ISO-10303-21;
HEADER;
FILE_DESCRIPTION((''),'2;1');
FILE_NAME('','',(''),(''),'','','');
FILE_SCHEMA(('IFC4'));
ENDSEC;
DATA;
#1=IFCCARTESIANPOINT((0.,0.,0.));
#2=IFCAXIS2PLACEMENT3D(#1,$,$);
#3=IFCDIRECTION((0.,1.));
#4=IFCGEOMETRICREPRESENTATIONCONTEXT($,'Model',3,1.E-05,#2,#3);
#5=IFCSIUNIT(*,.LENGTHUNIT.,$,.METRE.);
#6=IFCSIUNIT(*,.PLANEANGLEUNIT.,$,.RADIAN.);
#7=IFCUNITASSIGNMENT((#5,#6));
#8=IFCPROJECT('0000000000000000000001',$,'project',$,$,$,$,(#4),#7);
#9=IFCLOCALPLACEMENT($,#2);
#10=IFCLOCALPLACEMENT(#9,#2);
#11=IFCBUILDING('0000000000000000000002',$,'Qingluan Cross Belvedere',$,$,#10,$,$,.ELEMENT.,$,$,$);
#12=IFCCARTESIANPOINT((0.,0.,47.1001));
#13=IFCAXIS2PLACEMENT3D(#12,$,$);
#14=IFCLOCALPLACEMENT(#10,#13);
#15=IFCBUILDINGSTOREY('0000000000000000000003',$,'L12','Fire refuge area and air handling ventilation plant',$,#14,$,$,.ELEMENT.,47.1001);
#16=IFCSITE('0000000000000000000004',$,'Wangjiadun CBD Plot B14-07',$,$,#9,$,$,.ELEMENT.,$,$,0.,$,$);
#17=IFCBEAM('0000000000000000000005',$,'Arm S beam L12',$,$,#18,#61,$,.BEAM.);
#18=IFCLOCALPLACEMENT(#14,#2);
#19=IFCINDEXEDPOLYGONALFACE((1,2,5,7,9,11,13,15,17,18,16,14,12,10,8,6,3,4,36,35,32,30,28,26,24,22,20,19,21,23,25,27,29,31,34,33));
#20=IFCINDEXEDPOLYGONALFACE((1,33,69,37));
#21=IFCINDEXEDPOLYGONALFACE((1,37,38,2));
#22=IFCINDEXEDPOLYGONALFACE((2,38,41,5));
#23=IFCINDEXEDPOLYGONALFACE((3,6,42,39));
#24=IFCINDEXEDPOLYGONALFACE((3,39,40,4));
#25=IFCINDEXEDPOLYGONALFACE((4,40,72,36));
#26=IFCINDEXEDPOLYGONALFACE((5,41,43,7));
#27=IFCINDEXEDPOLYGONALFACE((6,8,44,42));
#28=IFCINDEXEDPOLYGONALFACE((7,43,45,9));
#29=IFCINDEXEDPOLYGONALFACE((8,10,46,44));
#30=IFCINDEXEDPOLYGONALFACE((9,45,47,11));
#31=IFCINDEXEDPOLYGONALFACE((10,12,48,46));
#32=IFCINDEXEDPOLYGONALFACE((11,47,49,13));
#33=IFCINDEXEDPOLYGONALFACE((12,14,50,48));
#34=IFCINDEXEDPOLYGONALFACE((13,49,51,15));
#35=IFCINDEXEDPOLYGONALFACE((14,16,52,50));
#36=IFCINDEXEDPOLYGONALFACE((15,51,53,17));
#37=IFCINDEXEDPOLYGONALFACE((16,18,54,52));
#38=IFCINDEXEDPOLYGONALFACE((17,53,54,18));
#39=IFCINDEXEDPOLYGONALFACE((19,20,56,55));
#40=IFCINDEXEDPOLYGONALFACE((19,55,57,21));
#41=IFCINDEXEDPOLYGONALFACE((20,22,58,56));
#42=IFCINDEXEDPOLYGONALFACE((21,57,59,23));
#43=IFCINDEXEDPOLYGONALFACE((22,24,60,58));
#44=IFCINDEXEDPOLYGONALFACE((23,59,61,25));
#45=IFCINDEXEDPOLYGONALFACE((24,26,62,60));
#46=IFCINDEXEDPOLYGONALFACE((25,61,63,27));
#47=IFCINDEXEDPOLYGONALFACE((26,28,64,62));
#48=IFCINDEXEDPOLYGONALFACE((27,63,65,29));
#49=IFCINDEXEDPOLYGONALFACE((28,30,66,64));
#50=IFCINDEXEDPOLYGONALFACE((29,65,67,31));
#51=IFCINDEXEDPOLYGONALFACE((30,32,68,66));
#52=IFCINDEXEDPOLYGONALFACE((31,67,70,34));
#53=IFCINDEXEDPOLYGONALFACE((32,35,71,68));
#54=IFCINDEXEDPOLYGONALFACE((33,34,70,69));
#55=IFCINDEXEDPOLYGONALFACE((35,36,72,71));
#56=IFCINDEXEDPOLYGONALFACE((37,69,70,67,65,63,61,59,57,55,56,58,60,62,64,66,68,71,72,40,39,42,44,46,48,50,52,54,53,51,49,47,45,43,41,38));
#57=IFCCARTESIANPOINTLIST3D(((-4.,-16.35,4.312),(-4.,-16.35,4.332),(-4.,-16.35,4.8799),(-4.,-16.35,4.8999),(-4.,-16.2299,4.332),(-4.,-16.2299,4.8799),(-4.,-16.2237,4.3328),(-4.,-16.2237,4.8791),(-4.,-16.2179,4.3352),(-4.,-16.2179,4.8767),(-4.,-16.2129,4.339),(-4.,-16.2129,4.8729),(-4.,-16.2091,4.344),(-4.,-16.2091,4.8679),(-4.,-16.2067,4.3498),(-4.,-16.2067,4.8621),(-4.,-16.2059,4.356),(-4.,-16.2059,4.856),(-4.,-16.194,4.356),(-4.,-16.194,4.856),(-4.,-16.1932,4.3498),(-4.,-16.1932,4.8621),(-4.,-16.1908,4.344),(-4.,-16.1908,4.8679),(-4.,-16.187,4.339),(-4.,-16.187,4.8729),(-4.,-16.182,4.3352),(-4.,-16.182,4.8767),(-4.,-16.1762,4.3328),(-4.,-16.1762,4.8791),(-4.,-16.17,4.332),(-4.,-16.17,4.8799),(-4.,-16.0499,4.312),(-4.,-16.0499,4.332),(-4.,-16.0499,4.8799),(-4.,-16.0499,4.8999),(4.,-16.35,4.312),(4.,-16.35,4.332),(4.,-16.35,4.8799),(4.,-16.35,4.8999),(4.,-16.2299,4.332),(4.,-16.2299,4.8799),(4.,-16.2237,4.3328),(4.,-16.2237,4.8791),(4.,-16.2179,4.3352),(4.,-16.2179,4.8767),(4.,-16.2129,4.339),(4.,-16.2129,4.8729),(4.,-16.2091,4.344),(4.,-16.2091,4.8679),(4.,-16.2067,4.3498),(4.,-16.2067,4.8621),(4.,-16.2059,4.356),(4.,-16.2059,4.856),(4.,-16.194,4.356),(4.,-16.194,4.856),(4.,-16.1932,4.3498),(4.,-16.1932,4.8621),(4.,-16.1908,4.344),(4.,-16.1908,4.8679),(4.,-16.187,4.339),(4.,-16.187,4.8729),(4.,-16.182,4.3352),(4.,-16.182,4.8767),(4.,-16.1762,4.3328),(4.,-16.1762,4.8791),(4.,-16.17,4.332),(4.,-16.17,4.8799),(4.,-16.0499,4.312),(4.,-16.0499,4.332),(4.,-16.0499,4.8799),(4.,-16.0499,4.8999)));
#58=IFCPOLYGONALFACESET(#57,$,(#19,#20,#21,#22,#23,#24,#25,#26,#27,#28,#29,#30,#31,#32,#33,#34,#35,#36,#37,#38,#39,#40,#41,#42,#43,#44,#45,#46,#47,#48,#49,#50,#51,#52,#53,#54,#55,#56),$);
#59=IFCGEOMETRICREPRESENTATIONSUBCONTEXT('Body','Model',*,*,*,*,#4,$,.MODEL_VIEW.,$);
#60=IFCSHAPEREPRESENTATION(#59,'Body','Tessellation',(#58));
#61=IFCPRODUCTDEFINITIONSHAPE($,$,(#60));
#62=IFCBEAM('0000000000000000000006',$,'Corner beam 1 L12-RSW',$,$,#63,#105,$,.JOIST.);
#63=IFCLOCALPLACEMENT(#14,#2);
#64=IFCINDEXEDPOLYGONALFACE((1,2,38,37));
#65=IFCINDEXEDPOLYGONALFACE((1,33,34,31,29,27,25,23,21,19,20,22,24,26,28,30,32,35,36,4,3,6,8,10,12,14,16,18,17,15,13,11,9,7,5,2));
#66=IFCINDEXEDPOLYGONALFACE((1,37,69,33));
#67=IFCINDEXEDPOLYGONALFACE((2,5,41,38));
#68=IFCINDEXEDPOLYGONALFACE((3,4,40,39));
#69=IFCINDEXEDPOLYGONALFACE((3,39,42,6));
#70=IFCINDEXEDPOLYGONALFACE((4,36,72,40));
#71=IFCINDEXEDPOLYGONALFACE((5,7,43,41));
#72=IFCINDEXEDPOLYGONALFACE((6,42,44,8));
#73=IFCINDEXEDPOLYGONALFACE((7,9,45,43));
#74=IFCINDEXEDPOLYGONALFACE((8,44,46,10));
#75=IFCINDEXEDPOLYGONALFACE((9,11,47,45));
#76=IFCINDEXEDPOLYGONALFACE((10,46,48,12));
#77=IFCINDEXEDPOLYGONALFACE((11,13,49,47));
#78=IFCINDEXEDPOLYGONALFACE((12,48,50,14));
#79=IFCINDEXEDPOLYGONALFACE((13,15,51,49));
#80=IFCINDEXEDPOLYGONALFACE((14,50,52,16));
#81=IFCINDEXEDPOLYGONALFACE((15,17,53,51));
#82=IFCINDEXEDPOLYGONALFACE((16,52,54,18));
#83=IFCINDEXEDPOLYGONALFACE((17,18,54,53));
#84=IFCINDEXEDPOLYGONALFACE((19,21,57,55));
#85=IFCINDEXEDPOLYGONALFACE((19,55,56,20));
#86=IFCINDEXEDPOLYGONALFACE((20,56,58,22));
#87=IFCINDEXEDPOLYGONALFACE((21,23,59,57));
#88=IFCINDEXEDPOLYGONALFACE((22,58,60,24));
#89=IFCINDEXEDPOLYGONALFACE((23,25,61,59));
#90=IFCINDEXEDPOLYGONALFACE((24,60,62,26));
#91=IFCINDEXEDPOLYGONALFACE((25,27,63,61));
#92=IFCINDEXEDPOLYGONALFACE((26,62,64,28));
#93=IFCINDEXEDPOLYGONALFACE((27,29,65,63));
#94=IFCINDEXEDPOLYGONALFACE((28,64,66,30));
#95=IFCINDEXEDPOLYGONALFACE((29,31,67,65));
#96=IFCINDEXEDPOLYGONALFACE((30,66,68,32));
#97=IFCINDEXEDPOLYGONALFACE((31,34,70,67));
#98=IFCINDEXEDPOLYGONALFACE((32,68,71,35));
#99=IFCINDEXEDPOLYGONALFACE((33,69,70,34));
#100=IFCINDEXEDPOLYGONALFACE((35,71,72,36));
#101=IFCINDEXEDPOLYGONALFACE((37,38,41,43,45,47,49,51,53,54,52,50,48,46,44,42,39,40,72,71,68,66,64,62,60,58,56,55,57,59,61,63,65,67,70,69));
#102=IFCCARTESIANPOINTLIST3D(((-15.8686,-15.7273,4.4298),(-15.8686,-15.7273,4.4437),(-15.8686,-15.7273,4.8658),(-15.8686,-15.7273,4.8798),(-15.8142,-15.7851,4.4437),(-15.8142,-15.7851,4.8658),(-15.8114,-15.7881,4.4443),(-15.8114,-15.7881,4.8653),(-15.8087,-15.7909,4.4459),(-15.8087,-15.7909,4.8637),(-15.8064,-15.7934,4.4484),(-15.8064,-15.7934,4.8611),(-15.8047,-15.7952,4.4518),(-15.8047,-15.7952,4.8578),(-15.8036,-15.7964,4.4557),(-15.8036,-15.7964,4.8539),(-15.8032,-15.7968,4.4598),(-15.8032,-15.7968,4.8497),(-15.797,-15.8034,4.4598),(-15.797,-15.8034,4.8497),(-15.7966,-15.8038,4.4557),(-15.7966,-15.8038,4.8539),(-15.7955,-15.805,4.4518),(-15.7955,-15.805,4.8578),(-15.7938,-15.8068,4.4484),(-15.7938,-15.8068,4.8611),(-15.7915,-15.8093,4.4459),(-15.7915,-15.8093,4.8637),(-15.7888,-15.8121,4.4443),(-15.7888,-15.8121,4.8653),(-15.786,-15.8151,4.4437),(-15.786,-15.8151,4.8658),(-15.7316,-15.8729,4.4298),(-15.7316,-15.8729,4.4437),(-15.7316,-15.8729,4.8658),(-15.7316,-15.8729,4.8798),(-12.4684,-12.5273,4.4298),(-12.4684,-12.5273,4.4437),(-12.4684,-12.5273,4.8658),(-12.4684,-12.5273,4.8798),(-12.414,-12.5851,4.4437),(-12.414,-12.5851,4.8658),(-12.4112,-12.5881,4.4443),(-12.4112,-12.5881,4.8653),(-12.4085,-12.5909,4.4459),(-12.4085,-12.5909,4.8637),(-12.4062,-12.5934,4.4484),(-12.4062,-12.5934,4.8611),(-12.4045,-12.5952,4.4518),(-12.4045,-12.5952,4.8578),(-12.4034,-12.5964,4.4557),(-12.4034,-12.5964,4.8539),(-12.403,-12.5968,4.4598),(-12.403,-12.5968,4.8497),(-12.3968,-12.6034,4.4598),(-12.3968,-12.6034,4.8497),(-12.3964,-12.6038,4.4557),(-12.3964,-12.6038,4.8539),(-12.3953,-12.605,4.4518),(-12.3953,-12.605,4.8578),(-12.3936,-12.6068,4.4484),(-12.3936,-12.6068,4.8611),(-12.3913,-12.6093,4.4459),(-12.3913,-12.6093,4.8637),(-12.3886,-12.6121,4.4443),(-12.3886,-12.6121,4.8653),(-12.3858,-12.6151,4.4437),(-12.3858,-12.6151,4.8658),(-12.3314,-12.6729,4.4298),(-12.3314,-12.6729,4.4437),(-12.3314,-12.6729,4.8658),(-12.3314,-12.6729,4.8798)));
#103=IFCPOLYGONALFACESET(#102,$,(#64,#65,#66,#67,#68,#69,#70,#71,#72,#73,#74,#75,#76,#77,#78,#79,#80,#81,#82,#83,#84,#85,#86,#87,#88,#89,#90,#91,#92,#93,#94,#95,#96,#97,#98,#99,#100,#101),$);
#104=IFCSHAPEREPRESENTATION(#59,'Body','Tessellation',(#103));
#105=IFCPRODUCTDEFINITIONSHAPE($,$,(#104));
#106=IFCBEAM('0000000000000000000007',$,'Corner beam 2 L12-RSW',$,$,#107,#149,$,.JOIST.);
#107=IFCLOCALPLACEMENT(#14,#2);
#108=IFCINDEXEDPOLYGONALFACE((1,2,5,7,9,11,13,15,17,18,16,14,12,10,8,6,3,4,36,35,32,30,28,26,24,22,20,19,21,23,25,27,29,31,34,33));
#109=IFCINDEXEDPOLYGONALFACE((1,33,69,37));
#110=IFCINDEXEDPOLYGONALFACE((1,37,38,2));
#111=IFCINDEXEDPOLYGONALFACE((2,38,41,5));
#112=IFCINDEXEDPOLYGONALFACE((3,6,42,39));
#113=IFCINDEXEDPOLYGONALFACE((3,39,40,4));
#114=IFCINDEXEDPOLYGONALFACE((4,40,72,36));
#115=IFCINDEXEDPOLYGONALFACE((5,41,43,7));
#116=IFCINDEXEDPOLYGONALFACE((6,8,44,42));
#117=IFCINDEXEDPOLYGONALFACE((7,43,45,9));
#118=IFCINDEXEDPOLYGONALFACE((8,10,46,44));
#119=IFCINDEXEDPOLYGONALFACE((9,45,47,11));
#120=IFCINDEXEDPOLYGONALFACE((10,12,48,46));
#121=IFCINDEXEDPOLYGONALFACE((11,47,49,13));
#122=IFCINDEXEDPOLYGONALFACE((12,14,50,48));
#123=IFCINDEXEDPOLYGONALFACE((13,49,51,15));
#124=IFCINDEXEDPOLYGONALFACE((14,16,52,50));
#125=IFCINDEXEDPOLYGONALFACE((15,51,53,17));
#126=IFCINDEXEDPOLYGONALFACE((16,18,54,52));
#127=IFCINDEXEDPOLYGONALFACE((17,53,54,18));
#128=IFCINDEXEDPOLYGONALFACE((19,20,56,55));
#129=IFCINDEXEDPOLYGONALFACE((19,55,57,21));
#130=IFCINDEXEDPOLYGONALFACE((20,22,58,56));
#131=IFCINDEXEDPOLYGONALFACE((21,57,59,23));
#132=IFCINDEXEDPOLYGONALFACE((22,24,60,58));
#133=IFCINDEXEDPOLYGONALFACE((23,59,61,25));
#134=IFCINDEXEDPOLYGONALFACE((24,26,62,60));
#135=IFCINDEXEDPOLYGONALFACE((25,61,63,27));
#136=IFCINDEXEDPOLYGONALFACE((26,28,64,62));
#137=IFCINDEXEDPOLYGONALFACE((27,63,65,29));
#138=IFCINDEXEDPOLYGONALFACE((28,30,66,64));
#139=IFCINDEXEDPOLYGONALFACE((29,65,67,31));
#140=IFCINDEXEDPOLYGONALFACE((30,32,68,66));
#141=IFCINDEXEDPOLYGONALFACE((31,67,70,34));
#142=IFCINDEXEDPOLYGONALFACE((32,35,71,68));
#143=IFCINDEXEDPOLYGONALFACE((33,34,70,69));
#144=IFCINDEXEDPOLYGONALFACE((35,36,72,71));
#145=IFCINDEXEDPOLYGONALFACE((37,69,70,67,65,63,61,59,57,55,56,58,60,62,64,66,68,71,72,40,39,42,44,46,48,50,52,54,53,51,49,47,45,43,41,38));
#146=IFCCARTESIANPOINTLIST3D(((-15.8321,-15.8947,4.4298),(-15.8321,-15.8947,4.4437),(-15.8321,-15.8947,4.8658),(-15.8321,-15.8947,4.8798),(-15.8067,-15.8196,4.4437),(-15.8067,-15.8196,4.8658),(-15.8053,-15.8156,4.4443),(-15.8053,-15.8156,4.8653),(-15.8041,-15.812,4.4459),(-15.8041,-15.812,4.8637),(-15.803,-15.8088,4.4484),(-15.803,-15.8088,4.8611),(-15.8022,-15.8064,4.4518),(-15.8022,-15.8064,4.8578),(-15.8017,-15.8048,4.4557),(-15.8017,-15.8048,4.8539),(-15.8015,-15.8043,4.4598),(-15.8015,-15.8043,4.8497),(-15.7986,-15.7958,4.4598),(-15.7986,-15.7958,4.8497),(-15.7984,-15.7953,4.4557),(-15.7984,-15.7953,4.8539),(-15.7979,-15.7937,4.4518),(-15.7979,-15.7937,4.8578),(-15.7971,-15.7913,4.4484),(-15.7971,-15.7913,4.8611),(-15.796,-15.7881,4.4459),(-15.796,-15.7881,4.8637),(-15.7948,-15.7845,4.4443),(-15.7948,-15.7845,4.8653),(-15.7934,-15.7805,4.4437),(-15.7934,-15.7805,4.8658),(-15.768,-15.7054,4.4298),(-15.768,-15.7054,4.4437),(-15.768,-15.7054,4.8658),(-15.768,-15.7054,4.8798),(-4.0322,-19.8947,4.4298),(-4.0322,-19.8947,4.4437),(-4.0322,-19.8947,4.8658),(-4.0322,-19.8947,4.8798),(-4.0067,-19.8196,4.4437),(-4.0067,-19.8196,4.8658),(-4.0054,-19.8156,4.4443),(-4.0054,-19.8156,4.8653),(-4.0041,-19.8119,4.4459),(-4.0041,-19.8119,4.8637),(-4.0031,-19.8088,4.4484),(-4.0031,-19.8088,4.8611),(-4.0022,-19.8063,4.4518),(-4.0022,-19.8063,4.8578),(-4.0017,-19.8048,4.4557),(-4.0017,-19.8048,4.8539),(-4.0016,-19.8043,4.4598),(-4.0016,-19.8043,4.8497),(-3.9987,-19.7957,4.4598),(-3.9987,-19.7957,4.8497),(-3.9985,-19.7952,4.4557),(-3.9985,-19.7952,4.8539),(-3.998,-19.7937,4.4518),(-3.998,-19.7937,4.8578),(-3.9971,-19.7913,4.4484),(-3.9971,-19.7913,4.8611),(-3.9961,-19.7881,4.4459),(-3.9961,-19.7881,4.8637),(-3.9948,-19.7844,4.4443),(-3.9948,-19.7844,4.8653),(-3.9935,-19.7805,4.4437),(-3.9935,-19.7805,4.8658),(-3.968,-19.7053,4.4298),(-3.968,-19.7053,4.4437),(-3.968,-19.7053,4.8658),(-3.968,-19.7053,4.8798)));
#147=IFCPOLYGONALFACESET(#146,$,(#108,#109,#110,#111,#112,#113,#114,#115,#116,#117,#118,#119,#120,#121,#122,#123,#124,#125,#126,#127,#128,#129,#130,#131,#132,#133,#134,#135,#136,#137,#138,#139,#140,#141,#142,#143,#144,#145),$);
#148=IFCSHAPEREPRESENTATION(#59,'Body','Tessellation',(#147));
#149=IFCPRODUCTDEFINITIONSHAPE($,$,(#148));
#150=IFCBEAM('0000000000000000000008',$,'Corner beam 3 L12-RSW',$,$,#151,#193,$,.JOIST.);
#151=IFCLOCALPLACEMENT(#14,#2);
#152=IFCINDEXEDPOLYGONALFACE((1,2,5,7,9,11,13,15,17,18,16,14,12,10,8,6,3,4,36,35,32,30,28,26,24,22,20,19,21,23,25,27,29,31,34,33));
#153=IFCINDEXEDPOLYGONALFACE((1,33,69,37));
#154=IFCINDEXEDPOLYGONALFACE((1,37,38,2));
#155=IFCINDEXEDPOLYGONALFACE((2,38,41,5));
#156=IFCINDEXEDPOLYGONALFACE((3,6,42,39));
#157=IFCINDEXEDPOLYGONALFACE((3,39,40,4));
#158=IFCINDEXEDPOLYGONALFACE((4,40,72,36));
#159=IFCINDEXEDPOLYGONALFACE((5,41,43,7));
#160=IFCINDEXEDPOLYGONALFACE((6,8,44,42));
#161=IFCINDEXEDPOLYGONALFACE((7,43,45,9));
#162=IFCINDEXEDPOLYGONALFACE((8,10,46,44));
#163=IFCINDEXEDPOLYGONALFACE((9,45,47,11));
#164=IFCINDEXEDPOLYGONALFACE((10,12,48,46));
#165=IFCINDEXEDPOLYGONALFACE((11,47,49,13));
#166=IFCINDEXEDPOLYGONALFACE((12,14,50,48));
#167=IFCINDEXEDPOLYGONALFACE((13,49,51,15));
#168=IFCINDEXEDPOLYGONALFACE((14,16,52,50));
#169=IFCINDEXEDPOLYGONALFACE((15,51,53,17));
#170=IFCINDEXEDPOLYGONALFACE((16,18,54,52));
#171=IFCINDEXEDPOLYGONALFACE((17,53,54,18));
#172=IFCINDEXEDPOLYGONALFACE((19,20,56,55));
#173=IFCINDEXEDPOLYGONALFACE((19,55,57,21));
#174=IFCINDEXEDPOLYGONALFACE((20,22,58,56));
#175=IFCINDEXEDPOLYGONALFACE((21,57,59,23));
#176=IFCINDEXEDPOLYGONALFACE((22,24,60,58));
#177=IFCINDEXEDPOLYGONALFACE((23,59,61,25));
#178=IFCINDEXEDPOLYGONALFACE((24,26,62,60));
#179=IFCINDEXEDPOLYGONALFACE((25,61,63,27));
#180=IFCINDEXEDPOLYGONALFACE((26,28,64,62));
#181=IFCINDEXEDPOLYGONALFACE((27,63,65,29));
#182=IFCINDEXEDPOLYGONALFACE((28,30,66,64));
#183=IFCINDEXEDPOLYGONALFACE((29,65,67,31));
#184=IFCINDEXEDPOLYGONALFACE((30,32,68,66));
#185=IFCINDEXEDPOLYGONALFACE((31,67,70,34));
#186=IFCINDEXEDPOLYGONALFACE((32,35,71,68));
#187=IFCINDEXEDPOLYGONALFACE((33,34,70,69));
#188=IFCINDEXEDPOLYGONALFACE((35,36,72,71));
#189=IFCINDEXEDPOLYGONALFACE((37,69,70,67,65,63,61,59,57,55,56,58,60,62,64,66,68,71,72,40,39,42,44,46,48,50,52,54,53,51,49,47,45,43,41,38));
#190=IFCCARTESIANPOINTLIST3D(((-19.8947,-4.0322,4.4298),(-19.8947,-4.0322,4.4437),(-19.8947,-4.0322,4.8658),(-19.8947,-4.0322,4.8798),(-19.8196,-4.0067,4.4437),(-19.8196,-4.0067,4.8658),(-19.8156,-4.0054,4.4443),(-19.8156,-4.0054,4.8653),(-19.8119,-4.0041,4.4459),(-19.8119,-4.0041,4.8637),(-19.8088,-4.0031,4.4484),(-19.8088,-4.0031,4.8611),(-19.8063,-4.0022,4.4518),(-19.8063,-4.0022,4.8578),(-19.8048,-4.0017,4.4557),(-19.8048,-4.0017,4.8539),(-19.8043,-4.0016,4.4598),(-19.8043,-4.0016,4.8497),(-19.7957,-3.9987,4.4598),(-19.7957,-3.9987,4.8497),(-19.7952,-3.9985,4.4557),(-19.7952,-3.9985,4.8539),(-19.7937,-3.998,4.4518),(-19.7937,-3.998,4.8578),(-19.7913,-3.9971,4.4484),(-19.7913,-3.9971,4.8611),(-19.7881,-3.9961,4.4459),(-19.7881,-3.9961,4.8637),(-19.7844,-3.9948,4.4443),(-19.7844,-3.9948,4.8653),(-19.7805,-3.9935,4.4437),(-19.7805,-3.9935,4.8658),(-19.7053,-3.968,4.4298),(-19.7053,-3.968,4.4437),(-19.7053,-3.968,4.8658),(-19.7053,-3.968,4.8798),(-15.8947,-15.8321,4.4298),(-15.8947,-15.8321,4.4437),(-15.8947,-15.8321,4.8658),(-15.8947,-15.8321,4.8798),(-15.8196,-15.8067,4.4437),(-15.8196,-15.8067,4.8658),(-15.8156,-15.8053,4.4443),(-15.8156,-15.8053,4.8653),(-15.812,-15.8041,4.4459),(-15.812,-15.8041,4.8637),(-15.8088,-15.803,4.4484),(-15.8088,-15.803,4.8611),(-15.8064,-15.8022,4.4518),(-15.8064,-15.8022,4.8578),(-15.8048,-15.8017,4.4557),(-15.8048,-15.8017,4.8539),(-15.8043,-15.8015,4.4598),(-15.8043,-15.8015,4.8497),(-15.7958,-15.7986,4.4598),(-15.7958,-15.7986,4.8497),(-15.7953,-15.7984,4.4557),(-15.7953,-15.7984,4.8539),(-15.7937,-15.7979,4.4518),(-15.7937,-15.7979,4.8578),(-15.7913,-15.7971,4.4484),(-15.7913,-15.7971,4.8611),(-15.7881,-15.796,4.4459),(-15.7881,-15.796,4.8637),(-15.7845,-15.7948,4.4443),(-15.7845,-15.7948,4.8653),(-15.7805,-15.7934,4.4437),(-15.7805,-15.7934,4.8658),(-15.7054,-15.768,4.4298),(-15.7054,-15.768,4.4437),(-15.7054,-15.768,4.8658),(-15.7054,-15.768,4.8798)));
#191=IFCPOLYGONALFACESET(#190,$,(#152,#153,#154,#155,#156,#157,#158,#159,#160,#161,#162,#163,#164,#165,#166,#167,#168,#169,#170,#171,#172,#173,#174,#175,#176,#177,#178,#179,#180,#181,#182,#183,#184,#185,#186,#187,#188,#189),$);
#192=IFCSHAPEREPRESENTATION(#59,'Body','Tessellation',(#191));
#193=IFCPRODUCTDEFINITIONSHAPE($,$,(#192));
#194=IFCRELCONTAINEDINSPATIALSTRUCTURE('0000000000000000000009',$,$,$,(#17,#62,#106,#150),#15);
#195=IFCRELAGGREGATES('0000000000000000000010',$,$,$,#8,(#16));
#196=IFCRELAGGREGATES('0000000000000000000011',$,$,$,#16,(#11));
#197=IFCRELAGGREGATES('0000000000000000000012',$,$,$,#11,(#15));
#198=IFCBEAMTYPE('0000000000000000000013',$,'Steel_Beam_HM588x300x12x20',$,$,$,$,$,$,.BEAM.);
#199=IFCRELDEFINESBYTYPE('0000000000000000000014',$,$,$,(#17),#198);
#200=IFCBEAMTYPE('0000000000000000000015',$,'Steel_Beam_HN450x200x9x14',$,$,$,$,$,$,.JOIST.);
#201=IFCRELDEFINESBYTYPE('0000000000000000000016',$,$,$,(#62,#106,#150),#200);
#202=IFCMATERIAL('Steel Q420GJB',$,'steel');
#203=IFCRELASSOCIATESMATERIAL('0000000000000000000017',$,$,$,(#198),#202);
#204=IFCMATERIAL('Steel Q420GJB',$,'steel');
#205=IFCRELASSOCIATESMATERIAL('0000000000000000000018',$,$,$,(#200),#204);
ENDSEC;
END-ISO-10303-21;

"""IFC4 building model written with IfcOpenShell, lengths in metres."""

from ifc_helpers import new_model, si_unit, direction, frame, origin, origin_2d, place, context, subcontext, project, spatial, i_section, extrude, material, material_profile, profile_set, type_object, element, save


model = new_model("IFC4")

# Units and contexts
model_context = context("Model", 3, precision=1e-05, world=origin(), true_north=direction((0.0, 1.0)))
body_context = subcontext(model_context, "Body", "Model", "MODEL_VIEW")
ifc_project = project(units=[si_unit("LENGTHUNIT", "METRE"), si_unit("PLANEANGLEUNIT", "RADIAN")], contexts=[model_context])

# Site, building, storey
site_placement = place(None, origin())
site = spatial("IfcSite", under=ifc_project, at=site_placement, Name="Wangjiadun CBD Plot B14-07", CompositionType="ELEMENT", RefElevation=0.0)
building_placement = place(site_placement, origin())
building = spatial("IfcBuilding", under=site, at=building_placement, Name="Qingluan Cross Belvedere", CompositionType="ELEMENT")
storey_placement = place(building_placement, frame((0.0, 0.0, 47.1001)))
storey = spatial("IfcBuildingStorey", under=building, at=storey_placement, Name="L12", Description="Fire refuge area and air handling ventilation plant", CompositionType="ELEMENT", Elevation=47.1001)

# Beams
ifc_material_1 = material(Name="Steel Q420GJB", Category="steel")
ifc_material_profile_1 = material_profile(ifc_material_1, i_section(OverallWidth=0.3, OverallDepth=0.5879, WebThickness=0.012, FlangeThickness=0.02, FilletRadius=0.0239, at=origin_2d()), Name="HM588x300x12x20")
ifc_profile_set_1 = profile_set([ifc_material_profile_1], Name="Steel Q420GJB")
beam_type_1 = type_object("IfcBeamType", Name="Steel_Beam_HM588x300x12x20", PredefinedType="BEAM", material=ifc_profile_set_1)
for number, where, z_axis, x_axis, name in (
    (1, (-4.0, -16.2, 4.606), (1.0, 0.0, 0.0), (0.0, 1.0, 0.0), "Arm S beam L12"),
):
    element("IfcBeam", number, at=place(storey_placement, frame(where, z_axis=z_axis, x_axis=x_axis)), inside=storey, type_object=beam_type_1, Name=name, PredefinedType="BEAM", context=body_context, shape_type="SweptSolid", body=[
        extrude(i_section(OverallWidth=0.3, OverallDepth=0.5879, WebThickness=0.012, FlangeThickness=0.02, FilletRadius=0.0239, at=origin_2d()), origin(), (0.0, 0.0, 1.0), 8.0),
    ])
ifc_material_2 = material(Name="Steel Q420GJB", Category="steel")
ifc_material_profile_2 = material_profile(ifc_material_2, i_section(OverallWidth=0.2, OverallDepth=0.45, WebThickness=0.009, FlangeThickness=0.0139, FilletRadius=0.0161, at=origin_2d()), Name="HN450x200x9x14")
ifc_profile_set_2 = profile_set([ifc_material_profile_2], Name="Steel Q420GJB")
beam_type_2 = type_object("IfcBeamType", Name="Steel_Beam_HN450x200x9x14", PredefinedType="JOIST", material=ifc_profile_set_2)
beam_1_placement = place(storey_placement, frame((-12.3999, -12.6001, 4.6548), z_axis=(-0.72822, -0.685343, 0.0), x_axis=(0.685343, -0.72822, 0.0)))
element("IfcBeam", 2, at=beam_1_placement, inside=storey, type_object=beam_type_2, Name="Corner beam 1 L12-RSW", PredefinedType="JOIST", context=body_context, shape_type="SweptSolid", body=[
    extrude(i_section(OverallWidth=0.2, OverallDepth=0.45, WebThickness=0.009, FlangeThickness=0.0139, FilletRadius=0.0161, at=origin_2d()), origin(), (0.0, 0.0, 1.0), 4.6692),
])
for number, where, z_axis, x_axis, name in (
    (3, (-15.8, -15.8, 4.6548), (0.947066, -0.321038, 0.0), (0.321038, 0.947066, 0.0), "Corner beam 2 L12-RSW"),
    (4, (-15.8, -15.8, 4.6548), (-0.321038, 0.947066, 0.0), (-0.947066, -0.321038, 0.0), "Corner beam 3 L12-RSW"),
):
    element("IfcBeam", number, at=place(storey_placement, frame(where, z_axis=z_axis, x_axis=x_axis)), inside=storey, type_object=beam_type_2, Name=name, PredefinedType="JOIST", context=body_context, shape_type="SweptSolid", body=[
        extrude(i_section(OverallWidth=0.2, OverallDepth=0.45, WebThickness=0.009, FlangeThickness=0.0139, FilletRadius=0.0161, at=origin_2d()), origin(), (0.0, 0.0, 1.0), 12.4595),
    ])

save(model, "model.ifc")
